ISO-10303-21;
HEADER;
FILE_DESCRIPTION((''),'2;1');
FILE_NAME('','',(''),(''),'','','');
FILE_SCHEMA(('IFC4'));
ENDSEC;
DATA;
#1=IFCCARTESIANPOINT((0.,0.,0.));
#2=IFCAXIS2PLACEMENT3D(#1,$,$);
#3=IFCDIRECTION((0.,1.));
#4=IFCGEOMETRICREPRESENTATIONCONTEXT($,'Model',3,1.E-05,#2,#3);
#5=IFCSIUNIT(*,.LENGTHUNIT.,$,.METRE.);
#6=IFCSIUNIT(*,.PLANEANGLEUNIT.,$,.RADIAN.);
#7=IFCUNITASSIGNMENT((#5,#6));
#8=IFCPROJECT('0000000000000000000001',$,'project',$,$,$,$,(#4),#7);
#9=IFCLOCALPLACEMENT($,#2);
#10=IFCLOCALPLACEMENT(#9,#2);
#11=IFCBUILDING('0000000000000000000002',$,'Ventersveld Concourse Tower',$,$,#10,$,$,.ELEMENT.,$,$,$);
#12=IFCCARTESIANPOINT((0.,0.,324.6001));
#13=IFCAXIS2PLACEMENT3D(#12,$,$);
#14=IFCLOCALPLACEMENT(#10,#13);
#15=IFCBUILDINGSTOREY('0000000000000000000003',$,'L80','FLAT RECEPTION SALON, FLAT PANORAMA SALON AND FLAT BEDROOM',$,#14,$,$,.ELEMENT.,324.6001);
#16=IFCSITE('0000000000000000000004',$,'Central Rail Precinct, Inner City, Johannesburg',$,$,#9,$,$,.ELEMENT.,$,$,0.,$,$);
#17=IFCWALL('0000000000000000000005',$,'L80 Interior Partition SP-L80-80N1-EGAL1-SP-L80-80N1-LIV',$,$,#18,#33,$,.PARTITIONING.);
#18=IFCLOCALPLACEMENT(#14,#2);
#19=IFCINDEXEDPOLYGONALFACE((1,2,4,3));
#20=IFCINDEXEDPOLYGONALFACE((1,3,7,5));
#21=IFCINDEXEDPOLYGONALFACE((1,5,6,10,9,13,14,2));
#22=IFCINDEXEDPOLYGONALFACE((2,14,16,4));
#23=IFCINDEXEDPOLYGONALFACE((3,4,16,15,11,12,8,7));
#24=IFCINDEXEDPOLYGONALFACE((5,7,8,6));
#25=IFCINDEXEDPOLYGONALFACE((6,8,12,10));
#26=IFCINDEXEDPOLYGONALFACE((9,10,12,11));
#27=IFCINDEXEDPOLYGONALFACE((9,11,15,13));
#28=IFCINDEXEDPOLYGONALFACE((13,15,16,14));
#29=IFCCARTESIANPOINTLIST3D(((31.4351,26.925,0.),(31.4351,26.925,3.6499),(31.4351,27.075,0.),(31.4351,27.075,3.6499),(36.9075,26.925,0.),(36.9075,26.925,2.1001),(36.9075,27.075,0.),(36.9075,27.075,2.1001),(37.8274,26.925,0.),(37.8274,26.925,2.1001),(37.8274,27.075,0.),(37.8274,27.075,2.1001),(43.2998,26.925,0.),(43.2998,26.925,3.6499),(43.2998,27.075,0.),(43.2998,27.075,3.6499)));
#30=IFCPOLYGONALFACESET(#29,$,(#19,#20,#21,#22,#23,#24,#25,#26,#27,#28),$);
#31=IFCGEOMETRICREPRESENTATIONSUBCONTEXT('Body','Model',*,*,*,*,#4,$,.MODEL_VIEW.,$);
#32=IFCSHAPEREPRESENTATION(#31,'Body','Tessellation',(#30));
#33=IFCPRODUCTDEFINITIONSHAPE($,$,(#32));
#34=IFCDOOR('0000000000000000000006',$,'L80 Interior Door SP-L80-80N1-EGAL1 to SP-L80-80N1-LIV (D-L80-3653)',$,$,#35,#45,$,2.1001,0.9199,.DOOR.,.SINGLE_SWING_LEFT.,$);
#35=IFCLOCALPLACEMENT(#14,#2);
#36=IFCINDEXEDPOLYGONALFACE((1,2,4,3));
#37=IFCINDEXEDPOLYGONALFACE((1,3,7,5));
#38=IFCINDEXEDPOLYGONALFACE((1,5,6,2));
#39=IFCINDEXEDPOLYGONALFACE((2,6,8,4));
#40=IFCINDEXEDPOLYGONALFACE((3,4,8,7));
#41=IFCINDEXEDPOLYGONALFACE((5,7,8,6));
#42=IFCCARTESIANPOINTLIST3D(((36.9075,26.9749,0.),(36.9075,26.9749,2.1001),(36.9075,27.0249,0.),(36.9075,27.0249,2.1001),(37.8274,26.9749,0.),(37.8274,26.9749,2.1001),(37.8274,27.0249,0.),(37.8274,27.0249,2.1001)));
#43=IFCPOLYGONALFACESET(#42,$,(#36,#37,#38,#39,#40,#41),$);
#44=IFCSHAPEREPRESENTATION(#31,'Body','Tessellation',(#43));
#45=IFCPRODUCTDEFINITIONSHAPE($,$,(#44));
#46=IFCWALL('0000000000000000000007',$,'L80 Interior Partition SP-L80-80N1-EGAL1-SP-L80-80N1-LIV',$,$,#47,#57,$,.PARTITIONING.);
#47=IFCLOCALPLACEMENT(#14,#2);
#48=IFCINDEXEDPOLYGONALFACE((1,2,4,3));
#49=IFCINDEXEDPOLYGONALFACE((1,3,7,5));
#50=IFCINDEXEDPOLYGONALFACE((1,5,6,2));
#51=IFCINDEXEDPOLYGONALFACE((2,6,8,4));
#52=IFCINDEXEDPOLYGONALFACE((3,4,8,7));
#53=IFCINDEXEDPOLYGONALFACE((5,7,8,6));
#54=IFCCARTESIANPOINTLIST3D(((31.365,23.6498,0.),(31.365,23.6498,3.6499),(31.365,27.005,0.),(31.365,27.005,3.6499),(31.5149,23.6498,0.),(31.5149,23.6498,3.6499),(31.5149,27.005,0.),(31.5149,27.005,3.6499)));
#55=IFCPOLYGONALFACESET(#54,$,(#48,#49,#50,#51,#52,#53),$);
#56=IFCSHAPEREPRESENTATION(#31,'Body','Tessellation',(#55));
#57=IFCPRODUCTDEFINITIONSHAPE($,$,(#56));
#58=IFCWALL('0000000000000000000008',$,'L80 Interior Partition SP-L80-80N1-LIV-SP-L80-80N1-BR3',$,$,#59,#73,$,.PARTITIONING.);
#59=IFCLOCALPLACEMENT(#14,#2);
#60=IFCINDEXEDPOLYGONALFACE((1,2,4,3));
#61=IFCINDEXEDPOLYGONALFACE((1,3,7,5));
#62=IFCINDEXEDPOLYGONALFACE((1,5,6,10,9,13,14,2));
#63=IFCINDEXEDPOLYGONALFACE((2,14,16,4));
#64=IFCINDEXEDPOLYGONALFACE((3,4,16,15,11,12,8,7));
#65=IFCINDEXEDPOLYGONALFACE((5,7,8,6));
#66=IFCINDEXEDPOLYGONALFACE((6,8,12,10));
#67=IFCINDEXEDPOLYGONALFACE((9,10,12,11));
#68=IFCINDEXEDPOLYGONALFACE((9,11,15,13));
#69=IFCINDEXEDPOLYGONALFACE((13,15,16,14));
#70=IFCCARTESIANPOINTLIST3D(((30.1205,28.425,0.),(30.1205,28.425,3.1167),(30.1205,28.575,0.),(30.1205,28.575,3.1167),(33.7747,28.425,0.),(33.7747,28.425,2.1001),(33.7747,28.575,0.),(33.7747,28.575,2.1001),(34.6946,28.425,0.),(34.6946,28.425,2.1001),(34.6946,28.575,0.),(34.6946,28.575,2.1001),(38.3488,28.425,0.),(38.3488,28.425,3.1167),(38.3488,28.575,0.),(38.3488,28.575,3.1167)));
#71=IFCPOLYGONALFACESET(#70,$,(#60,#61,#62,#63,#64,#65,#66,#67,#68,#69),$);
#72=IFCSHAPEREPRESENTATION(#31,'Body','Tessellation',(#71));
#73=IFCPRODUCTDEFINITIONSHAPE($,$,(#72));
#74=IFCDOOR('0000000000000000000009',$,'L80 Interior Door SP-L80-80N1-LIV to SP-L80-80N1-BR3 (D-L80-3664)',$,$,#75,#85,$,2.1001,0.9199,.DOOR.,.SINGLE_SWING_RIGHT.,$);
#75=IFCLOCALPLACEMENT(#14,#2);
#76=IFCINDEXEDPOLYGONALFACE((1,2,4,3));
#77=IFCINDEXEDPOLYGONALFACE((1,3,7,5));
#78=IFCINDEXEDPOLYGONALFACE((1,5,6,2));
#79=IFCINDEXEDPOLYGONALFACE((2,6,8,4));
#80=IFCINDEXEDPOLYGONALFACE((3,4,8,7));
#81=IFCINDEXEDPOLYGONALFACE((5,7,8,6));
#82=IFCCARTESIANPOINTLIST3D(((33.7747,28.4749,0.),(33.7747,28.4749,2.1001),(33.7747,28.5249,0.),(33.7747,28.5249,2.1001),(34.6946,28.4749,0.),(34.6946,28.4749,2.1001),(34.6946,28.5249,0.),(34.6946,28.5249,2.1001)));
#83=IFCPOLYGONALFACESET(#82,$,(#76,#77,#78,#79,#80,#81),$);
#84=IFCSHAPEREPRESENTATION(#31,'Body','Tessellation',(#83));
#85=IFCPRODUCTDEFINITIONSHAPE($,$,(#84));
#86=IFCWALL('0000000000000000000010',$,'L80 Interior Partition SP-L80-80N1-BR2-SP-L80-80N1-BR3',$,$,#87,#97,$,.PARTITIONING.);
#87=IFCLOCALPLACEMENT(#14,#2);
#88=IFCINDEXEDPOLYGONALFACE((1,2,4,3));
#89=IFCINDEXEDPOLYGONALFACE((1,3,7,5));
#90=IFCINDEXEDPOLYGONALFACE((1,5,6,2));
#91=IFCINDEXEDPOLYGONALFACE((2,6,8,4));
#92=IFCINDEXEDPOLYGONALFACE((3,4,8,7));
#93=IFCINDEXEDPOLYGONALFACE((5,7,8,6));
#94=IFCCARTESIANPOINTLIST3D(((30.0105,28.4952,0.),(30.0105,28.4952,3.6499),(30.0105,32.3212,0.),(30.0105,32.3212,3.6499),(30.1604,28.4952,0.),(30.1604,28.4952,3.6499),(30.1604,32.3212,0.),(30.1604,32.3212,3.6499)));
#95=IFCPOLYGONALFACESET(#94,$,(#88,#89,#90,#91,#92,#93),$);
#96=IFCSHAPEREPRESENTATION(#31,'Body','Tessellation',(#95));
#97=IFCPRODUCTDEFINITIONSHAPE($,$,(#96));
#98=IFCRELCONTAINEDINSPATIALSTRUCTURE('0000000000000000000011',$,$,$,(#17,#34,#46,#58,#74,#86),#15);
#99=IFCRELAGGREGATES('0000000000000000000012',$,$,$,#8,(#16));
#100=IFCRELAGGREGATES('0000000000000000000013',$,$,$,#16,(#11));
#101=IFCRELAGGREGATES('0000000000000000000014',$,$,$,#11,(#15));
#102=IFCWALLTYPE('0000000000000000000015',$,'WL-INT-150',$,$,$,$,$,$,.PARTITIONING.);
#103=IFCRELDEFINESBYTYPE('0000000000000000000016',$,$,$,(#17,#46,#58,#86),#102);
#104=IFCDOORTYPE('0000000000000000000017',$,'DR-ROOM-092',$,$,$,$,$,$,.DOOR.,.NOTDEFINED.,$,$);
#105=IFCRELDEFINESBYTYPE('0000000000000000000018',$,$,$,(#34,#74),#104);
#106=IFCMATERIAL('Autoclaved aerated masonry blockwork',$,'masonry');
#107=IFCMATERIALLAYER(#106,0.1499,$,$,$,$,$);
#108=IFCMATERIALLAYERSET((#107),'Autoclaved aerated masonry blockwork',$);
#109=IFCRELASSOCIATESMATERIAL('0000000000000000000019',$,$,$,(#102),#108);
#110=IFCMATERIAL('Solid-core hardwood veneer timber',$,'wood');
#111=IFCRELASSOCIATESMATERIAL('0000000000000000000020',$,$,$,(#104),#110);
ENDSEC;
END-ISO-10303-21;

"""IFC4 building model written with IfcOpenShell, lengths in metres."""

from ifc_helpers import new_model, si_unit, direction, frame, frame_2d, origin, place, context, subcontext, project, spatial, rectangle, extrude, material, layer, layer_set, type_object, element, fill, save


model = new_model("IFC4")

# Units and contexts
model_context = context("Model", 3, precision=1e-05, world=origin(), true_north=direction((0.0, 1.0)))
body_context = subcontext(model_context, "Body", "Model", "MODEL_VIEW")
ifc_project = project(units=[si_unit("LENGTHUNIT", "METRE"), si_unit("PLANEANGLEUNIT", "RADIAN")], contexts=[model_context])

# Site, building, storey
site_placement = place(None, origin())
site = spatial("IfcSite", under=ifc_project, at=site_placement, Name="Central Rail Precinct, Inner City, Johannesburg", CompositionType="ELEMENT", RefElevation=0.0)
building_placement = place(site_placement, origin())
building = spatial("IfcBuilding", under=site, at=building_placement, Name="Ventersveld Concourse Tower", CompositionType="ELEMENT")
storey_placement = place(building_placement, frame((0.0, 0.0, 324.6001)))
storey = spatial("IfcBuildingStorey", under=building, at=storey_placement, Name="L80", Description="FLAT RECEPTION SALON, FLAT PANORAMA SALON AND FLAT BEDROOM", CompositionType="ELEMENT", Elevation=324.6001)

# Wall, opening, door
ifc_material_1 = material(Name="Solid-core hardwood veneer timber", Category="wood")
ifc_material_2 = material(Name="Autoclaved aerated masonry blockwork", Category="masonry")
ifc_layer_1 = layer(ifc_material_2, 0.1499)
ifc_layer_set_1 = layer_set([ifc_layer_1], Name="Autoclaved aerated masonry blockwork")
wall_type_1 = type_object("IfcWallType", Name="WL-INT-150", PredefinedType="PARTITIONING", material=ifc_layer_set_1)
door_type_1 = type_object("IfcDoorType", Name="DR-ROOM-092", OperationType="NOTDEFINED", PredefinedType="DOOR", material=ifc_material_1)
wall_1_placement = place(storey_placement, frame((31.4351, 27.0, 0.0), z_axis=(0.0, 0.0, 1.0), x_axis=(1.0, 0.0, 0.0)))
wall_1 = element("IfcWall", 1, at=wall_1_placement, inside=storey, type_object=wall_type_1, Name="L80 Interior Partition SP-L80-80N1-EGAL1-SP-L80-80N1-LIV", PredefinedType="PARTITIONING", context=body_context, shape_type="SweptSolid", body=[
    extrude(rectangle(XDim=11.8647, YDim=0.1499, at=frame_2d((5.9324, 0.0))), origin(), (0.0, 0.0, 1.0), 3.6499),
])
opening_1_placement = place(wall_1_placement, frame((5.4724, 0.0, 0.0)))
opening_1 = element("IfcOpeningElement", 2, at=opening_1_placement, cuts=wall_1, PredefinedType="OPENING", context=body_context, shape_type="SweptSolid", body=[
    extrude(rectangle(XDim=0.9199, YDim=2.1001, at=frame_2d((0.46, 1.05))), frame((0.0, 0.085, 0.0), z_axis=(0.0, -1.0, 0.0), x_axis=(1.0, 0.0, 0.0)), (0.0, 0.0, 1.0), 0.1699),
])
door_1_placement = place(opening_1_placement, origin())
door_1 = element("IfcDoor", 3, at=door_1_placement, inside=storey, type_object=door_type_1, Name="L80 Interior Door SP-L80-80N1-EGAL1 to SP-L80-80N1-LIV (D-L80-3653)", OperationType="SINGLE_SWING_LEFT", OverallHeight=2.1001, OverallWidth=0.9199, PredefinedType="DOOR", context=body_context, shape_type="SweptSolid", body=[
    extrude(rectangle(XDim=0.9199, YDim=2.1001, at=frame_2d((0.46, 1.05))), frame((0.0, 0.0249, 0.0), z_axis=(0.0, -1.0, 0.0), x_axis=(1.0, 0.0, 0.0)), (0.0, 0.0, 1.0), 0.05),
])
fill(opening_1, door_1)

# Wall
wall_2_placement = place(storey_placement, frame((31.4399, 23.6497, 0.0), z_axis=(0.0, 0.0, 1.0), x_axis=(0.0, 1.0, 0.0)))
element("IfcWall", 4, at=wall_2_placement, inside=storey, type_object=wall_type_1, Name="L80 Interior Partition SP-L80-80N1-EGAL1-SP-L80-80N1-LIV", PredefinedType="PARTITIONING", context=body_context, shape_type="SweptSolid", body=[
    extrude(rectangle(XDim=3.3552, YDim=0.1499, at=frame_2d((1.6777, 0.0))), origin(), (0.0, 0.0, 1.0), 3.6499),
])

# Wall, opening, door
wall_3_placement = place(storey_placement, frame((30.1204, 28.5, 0.0), z_axis=(0.0, 0.0, 1.0), x_axis=(1.0, 0.0, 0.0)))
wall_3 = element("IfcWall", 5, at=wall_3_placement, inside=storey, type_object=wall_type_1, Name="L80 Interior Partition SP-L80-80N1-LIV-SP-L80-80N1-BR3", PredefinedType="PARTITIONING", context=body_context, shape_type="SweptSolid", body=[
    extrude(rectangle(XDim=8.2283, YDim=0.1499, at=frame_2d((4.1143, 0.0))), origin(), (0.0, 0.0, 1.0), 3.1167),
])
opening_2_placement = place(wall_3_placement, frame((3.6543, 0.0, 0.0)))
opening_2 = element("IfcOpeningElement", 6, at=opening_2_placement, cuts=wall_3, PredefinedType="OPENING", context=body_context, shape_type="SweptSolid", body=[
    extrude(rectangle(XDim=0.9199, YDim=2.1001, at=frame_2d((0.46, 1.05))), frame((0.0, 0.085, 0.0), z_axis=(0.0, -1.0, 0.0), x_axis=(1.0, 0.0, 0.0)), (0.0, 0.0, 1.0), 0.1699),
])
door_2_placement = place(opening_2_placement, origin())
door_2 = element("IfcDoor", 7, at=door_2_placement, inside=storey, type_object=door_type_1, Name="L80 Interior Door SP-L80-80N1-LIV to SP-L80-80N1-BR3 (D-L80-3664)", OperationType="SINGLE_SWING_RIGHT", OverallHeight=2.1001, OverallWidth=0.9199, PredefinedType="DOOR", context=body_context, shape_type="SweptSolid", body=[
    extrude(rectangle(XDim=0.9199, YDim=2.1001, at=frame_2d((0.46, 1.05))), frame((0.0, 0.0249, 0.0), z_axis=(0.0, -1.0, 0.0), x_axis=(1.0, 0.0, 0.0)), (0.0, 0.0, 1.0), 0.05),
])
fill(opening_2, door_2)

# Wall
wall_4_placement = place(storey_placement, frame((30.0854, 28.4951, 0.0), z_axis=(0.0, 0.0, 1.0), x_axis=(0.0, 1.0, 0.0)))
element("IfcWall", 8, at=wall_4_placement, inside=storey, type_object=wall_type_1, Name="L80 Interior Partition SP-L80-80N1-BR2-SP-L80-80N1-BR3", PredefinedType="PARTITIONING", context=body_context, shape_type="SweptSolid", body=[
    extrude(rectangle(XDim=3.8259, YDim=0.1499, at=frame_2d((1.9131, 0.0))), origin(), (0.0, 0.0, 1.0), 3.6499),
])

save(model, "model.ifc")
